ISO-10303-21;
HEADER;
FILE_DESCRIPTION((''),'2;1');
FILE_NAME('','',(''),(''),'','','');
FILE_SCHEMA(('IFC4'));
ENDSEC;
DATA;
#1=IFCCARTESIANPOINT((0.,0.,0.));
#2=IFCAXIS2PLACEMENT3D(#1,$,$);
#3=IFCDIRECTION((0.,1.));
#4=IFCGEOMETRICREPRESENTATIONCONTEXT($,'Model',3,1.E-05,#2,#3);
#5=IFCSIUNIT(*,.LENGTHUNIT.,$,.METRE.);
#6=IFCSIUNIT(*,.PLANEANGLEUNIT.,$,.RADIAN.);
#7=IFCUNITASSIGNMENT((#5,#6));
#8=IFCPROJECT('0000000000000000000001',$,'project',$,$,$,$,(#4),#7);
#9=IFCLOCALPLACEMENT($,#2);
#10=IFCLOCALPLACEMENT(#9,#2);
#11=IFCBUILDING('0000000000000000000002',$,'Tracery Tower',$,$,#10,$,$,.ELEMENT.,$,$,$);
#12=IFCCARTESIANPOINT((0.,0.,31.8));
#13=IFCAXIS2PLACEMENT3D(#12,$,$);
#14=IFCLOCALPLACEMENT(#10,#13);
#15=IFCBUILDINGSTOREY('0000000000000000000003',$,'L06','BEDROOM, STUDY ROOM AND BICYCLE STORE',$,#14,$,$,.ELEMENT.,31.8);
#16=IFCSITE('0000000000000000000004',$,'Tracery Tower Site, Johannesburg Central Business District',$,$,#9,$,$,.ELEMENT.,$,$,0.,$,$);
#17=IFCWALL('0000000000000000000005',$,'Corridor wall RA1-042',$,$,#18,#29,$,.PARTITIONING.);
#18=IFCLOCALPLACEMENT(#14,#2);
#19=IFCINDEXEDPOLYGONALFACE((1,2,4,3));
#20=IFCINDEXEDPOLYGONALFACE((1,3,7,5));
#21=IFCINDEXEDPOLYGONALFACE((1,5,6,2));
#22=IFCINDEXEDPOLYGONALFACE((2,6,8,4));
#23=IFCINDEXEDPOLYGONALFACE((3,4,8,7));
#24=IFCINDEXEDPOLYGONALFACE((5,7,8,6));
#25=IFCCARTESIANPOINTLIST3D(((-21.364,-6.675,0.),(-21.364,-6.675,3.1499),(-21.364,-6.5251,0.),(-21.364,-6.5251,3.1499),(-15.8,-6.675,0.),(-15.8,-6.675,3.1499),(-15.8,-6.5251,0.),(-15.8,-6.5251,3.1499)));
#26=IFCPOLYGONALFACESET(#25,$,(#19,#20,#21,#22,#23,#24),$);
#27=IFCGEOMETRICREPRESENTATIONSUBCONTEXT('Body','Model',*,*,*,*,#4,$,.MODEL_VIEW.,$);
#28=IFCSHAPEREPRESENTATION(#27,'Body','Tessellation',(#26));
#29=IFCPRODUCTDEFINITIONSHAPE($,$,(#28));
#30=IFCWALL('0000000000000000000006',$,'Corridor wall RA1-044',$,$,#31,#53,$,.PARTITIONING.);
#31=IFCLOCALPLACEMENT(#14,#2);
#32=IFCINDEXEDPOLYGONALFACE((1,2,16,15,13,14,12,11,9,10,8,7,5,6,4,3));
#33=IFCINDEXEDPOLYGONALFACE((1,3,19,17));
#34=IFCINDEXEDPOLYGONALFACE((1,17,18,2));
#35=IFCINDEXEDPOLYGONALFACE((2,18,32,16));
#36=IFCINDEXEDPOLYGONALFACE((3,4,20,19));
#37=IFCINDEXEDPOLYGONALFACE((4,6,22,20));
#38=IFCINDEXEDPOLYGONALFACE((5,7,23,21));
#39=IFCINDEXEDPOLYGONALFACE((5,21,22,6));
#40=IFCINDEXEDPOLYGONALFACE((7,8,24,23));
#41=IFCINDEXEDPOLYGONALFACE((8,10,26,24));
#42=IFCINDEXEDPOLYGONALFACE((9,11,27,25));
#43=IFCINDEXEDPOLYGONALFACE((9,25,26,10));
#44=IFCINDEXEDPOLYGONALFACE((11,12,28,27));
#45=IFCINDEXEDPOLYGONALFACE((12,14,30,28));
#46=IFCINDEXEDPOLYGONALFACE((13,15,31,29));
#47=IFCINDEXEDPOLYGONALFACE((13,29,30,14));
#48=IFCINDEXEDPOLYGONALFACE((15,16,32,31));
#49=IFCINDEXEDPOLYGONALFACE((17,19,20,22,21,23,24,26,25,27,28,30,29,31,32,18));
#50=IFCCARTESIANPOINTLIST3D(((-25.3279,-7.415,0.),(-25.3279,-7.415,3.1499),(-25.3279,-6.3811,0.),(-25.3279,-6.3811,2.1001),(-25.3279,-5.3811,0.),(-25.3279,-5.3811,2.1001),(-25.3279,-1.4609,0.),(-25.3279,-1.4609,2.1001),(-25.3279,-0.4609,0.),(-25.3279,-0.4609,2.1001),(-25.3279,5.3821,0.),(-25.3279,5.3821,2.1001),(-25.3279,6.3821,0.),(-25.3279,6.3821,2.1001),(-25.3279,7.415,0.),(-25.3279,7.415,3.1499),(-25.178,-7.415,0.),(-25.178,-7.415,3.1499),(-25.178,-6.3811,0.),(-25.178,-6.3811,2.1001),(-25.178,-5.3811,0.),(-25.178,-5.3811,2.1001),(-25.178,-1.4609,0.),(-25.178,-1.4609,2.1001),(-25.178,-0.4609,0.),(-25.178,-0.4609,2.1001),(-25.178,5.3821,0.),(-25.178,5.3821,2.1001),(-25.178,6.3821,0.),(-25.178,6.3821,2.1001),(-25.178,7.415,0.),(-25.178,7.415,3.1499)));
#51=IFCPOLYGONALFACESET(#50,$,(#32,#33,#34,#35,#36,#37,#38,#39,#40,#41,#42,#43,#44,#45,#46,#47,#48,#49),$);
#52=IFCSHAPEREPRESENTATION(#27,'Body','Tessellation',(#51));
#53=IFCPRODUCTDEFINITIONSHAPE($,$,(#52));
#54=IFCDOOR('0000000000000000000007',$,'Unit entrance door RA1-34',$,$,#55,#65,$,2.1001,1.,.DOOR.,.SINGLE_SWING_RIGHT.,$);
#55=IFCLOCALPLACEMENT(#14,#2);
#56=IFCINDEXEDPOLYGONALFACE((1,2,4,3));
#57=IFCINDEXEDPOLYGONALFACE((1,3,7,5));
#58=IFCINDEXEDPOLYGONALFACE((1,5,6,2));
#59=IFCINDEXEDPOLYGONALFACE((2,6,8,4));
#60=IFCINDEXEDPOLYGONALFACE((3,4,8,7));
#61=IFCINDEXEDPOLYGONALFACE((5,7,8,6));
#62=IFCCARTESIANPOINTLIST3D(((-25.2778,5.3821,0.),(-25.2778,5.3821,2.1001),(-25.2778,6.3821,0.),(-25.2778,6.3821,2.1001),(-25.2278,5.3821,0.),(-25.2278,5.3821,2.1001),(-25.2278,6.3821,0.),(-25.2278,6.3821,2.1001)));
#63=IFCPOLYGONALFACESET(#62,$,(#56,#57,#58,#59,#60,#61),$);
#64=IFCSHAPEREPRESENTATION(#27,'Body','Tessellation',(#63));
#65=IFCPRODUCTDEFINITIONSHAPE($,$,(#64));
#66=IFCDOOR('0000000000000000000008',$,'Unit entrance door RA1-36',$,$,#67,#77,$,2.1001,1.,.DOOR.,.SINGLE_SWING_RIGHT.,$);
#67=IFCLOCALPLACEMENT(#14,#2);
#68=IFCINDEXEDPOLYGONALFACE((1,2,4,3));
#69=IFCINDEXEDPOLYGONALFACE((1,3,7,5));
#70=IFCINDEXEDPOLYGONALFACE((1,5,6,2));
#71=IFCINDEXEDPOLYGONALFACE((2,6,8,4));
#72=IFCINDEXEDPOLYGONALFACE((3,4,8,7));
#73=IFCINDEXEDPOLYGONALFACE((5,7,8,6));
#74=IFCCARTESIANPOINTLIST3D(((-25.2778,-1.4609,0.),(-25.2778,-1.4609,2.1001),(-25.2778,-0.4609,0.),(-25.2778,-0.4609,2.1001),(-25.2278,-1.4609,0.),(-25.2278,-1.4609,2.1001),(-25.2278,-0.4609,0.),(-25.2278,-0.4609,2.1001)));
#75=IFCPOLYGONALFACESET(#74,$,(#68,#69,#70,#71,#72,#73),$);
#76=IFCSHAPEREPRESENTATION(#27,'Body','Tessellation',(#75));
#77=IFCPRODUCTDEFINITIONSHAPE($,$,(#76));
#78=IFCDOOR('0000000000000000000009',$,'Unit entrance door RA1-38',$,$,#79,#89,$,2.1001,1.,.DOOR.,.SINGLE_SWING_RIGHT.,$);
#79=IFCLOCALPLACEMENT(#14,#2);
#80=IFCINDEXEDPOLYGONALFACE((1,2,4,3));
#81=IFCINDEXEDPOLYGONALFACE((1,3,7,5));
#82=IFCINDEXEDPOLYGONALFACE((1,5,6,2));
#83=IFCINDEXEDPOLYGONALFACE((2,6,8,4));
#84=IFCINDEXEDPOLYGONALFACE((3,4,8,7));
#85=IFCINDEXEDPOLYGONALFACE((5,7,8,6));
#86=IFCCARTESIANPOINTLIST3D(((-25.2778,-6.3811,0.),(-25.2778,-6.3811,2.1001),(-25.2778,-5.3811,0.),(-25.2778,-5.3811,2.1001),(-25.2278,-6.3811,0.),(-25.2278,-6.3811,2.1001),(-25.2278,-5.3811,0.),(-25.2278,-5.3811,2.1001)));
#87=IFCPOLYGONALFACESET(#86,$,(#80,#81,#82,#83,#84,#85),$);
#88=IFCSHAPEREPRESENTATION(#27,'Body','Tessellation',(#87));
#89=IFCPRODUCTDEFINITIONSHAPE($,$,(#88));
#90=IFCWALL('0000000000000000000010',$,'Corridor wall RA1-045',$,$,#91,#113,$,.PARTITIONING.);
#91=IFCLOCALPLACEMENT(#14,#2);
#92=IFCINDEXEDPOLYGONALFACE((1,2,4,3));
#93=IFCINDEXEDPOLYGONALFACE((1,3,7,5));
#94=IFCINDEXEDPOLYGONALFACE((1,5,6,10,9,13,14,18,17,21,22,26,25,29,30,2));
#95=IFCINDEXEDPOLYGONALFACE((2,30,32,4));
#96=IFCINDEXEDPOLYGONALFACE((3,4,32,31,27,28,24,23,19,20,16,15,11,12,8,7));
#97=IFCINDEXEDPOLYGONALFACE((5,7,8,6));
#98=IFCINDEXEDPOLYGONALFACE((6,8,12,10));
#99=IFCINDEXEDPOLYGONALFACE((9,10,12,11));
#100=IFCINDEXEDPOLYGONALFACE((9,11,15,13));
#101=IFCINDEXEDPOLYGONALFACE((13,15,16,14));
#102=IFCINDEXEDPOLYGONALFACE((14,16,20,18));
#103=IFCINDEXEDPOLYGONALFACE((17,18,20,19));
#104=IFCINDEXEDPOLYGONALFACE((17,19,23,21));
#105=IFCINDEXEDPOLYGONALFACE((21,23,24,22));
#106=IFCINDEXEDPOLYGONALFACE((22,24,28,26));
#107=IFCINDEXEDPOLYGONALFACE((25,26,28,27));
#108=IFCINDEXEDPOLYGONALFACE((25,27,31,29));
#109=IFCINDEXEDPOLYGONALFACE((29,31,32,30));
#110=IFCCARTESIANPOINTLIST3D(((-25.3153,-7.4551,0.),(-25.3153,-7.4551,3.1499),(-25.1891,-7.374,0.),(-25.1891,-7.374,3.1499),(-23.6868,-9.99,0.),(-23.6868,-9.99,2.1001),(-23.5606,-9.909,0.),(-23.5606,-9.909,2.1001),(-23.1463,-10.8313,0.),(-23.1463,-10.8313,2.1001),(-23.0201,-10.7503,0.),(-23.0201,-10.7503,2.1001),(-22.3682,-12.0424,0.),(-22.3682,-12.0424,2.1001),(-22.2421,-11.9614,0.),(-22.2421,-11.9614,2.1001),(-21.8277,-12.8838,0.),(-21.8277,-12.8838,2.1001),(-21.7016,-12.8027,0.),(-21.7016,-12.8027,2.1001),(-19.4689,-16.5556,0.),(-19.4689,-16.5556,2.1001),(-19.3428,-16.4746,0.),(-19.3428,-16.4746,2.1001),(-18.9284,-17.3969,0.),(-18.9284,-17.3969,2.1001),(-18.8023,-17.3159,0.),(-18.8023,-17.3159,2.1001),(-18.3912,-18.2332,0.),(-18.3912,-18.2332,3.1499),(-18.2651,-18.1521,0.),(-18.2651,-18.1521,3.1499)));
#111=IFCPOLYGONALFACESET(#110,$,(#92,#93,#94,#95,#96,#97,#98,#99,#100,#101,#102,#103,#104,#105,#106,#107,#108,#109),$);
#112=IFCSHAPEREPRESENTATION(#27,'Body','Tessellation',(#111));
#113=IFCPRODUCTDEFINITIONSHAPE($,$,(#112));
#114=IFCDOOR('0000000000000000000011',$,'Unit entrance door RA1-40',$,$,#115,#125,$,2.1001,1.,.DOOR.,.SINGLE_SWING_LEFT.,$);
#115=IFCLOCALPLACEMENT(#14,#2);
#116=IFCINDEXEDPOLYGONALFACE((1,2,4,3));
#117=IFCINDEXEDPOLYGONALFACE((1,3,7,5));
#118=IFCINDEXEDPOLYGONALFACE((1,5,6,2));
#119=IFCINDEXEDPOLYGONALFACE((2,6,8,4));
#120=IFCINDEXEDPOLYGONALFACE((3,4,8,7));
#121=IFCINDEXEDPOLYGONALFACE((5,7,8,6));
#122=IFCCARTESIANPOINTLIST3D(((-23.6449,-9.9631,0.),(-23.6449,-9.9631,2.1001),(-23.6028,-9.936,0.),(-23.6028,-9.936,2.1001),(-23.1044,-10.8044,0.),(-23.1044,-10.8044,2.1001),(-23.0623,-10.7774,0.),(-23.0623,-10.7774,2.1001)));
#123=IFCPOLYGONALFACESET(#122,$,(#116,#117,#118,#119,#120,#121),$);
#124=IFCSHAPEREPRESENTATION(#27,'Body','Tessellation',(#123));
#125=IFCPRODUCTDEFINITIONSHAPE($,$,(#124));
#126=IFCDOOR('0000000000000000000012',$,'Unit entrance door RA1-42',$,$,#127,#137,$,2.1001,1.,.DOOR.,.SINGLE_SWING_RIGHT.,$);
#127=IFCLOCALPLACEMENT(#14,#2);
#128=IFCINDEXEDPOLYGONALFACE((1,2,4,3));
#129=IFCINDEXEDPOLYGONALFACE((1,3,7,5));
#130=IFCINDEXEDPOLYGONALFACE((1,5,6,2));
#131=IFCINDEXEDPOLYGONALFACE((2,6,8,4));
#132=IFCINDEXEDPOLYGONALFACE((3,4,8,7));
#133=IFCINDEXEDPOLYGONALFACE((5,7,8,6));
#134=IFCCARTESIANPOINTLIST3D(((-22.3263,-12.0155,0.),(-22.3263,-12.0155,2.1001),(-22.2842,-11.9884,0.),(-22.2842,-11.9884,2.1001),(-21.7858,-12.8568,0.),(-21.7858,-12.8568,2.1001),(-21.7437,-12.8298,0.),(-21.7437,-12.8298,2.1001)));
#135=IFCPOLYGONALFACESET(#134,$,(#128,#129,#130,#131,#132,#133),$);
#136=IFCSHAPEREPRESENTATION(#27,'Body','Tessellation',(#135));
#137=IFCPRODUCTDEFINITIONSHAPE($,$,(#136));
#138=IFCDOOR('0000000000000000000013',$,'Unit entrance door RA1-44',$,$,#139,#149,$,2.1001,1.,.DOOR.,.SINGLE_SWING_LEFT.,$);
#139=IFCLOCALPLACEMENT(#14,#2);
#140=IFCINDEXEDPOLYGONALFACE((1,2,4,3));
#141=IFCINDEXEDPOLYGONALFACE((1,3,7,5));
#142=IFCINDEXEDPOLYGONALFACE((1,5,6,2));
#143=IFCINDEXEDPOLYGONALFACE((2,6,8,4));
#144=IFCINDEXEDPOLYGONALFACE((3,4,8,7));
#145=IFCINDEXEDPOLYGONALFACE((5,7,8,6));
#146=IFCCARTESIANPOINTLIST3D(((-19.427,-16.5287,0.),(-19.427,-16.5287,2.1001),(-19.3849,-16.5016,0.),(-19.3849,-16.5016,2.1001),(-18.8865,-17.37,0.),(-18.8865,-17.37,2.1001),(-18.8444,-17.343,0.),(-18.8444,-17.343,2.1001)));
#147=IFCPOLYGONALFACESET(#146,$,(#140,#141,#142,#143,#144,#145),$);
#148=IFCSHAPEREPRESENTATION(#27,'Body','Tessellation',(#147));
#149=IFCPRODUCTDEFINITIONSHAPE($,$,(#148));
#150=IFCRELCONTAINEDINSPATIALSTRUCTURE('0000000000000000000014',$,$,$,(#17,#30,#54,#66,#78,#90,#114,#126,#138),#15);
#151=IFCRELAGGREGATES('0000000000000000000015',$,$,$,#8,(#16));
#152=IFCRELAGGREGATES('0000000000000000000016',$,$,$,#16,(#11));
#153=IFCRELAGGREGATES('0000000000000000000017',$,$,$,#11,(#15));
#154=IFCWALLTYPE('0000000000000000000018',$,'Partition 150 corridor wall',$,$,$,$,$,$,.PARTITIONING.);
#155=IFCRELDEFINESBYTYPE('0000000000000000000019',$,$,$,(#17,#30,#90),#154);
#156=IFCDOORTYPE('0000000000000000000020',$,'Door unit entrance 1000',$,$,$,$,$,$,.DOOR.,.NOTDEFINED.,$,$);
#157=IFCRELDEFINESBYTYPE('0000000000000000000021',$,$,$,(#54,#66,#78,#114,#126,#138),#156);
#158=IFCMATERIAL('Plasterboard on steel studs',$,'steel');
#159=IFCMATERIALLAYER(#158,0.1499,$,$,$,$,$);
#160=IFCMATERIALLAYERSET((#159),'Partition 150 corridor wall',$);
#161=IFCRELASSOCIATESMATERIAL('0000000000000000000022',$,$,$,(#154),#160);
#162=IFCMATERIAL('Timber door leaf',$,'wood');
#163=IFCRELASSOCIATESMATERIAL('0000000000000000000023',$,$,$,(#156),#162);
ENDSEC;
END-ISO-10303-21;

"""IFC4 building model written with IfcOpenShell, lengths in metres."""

from ifc_helpers import new_model, si_unit, direction, frame, frame_2d, origin, place, context, subcontext, project, spatial, rectangle, extrude, material, layer, layer_set, type_object, element, fill, save


model = new_model("IFC4")

# Units and contexts
model_context = context("Model", 3, precision=1e-05, world=origin(), true_north=direction((0.0, 1.0)))
body_context = subcontext(model_context, "Body", "Model", "MODEL_VIEW")
ifc_project = project(units=[si_unit("LENGTHUNIT", "METRE"), si_unit("PLANEANGLEUNIT", "RADIAN")], contexts=[model_context])

# Site, building, storey
site_placement = place(None, origin())
site = spatial("IfcSite", under=ifc_project, at=site_placement, Name="Tracery Tower Site, Johannesburg Central Business District", CompositionType="ELEMENT", RefElevation=0.0)
building_placement = place(site_placement, origin())
building = spatial("IfcBuilding", under=site, at=building_placement, Name="Tracery Tower", CompositionType="ELEMENT")
storey_placement = place(building_placement, frame((0.0, 0.0, 31.8)))
storey = spatial("IfcBuildingStorey", under=building, at=storey_placement, Name="L06", Description="BEDROOM, STUDY ROOM AND BICYCLE STORE", CompositionType="ELEMENT", Elevation=31.8)

# Wall
ifc_material_1 = material(Name="Plasterboard on steel studs", Category="steel")
ifc_layer_1 = layer(ifc_material_1, 0.1499)
ifc_layer_set_1 = layer_set([ifc_layer_1], Name="Partition 150 corridor wall")
wall_type_1 = type_object("IfcWallType", Name="Partition 150 corridor wall", PredefinedType="PARTITIONING", material=ifc_layer_set_1)
wall_1_placement = place(storey_placement, frame((-21.364, -6.6001, 0.0), z_axis=(0.0, 0.0, 1.0), x_axis=(1.0, 0.0, 0.0)))
element("IfcWall", 1, at=wall_1_placement, inside=storey, type_object=wall_type_1, Name="Corridor wall RA1-042", PredefinedType="PARTITIONING", context=body_context, shape_type="SweptSolid", body=[
    extrude(rectangle(XDim=5.564, YDim=0.1499, at=frame_2d((2.782, 0.0))), origin(), (0.0, 0.0, 1.0), 3.1499),
])

# Walls, openings, doors
wall_2_placement = place(storey_placement, frame((-25.2529, -7.415, 0.0), z_axis=(0.0, 0.0, 1.0), x_axis=(0.0, 1.0, 0.0)))
wall_2 = element("IfcWall", 2, at=wall_2_placement, inside=storey, type_object=wall_type_1, Name="Corridor wall RA1-044", PredefinedType="PARTITIONING", context=body_context, shape_type="SweptSolid", body=[
    extrude(rectangle(XDim=14.8301, YDim=0.1499, at=frame_2d((7.415, 0.0))), origin(), (0.0, 0.0, 1.0), 3.1499),
])
opening_1_placement = place(wall_2_placement, frame((12.7971, 0.0, 0.0)))
opening_1 = element("IfcOpeningElement", 3, at=opening_1_placement, cuts=wall_2, PredefinedType="OPENING", context=body_context, shape_type="SweptSolid", body=[
    extrude(rectangle(XDim=1.0, YDim=2.1001, at=frame_2d((0.5, 1.05))), frame((0.0, 0.075, 0.0), z_axis=(0.0, -1.0, 0.0), x_axis=(1.0, 0.0, 0.0)), (0.0, 0.0, 1.0), 0.1499),
])
opening_2_placement = place(wall_2_placement, frame((5.9541, 0.0, 0.0)))
opening_2 = element("IfcOpeningElement", 4, at=opening_2_placement, cuts=wall_2, PredefinedType="OPENING", context=body_context, shape_type="SweptSolid", body=[
    extrude(rectangle(XDim=1.0, YDim=2.1001, at=frame_2d((0.5, 1.05))), frame((0.0, 0.075, 0.0), z_axis=(0.0, -1.0, 0.0), x_axis=(1.0, 0.0, 0.0)), (0.0, 0.0, 1.0), 0.1499),
])
opening_3_placement = place(wall_2_placement, frame((1.0339, 0.0, 0.0)))
opening_3 = element("IfcOpeningElement", 5, at=opening_3_placement, cuts=wall_2, PredefinedType="OPENING", context=body_context, shape_type="SweptSolid", body=[
    extrude(rectangle(XDim=1.0, YDim=2.1001, at=frame_2d((0.5, 1.05))), frame((0.0, 0.075, 0.0), z_axis=(0.0, -1.0, 0.0), x_axis=(1.0, 0.0, 0.0)), (0.0, 0.0, 1.0), 0.1499),
])
ifc_material_2 = material(Name="Timber door leaf", Category="wood")
door_type_1 = type_object("IfcDoorType", Name="Door unit entrance 1000", OperationType="NOTDEFINED", PredefinedType="DOOR", material=ifc_material_2)
door_1_placement = place(opening_1_placement, origin())
door_1 = element("IfcDoor", 6, at=door_1_placement, inside=storey, type_object=door_type_1, Name="Unit entrance door RA1-34", OperationType="SINGLE_SWING_RIGHT", OverallHeight=2.1001, OverallWidth=1.0, PredefinedType="DOOR", context=body_context, shape_type="SweptSolid", body=[
    extrude(rectangle(XDim=1.0, YDim=2.1001, at=frame_2d((0.5, 1.05))), frame((0.0, 0.0249, 0.0), z_axis=(0.0, -1.0, 0.0), x_axis=(1.0, 0.0, 0.0)), (0.0, 0.0, 1.0), 0.05),
])
fill(opening_1, door_1)
door_2_placement = place(opening_2_placement, origin())
door_2 = element("IfcDoor", 7, at=door_2_placement, inside=storey, type_object=door_type_1, Name="Unit entrance door RA1-36", OperationType="SINGLE_SWING_RIGHT", OverallHeight=2.1001, OverallWidth=1.0, PredefinedType="DOOR", context=body_context, shape_type="SweptSolid", body=[
    extrude(rectangle(XDim=1.0, YDim=2.1001, at=frame_2d((0.5, 1.05))), frame((0.0, 0.0249, 0.0), z_axis=(0.0, -1.0, 0.0), x_axis=(1.0, 0.0, 0.0)), (0.0, 0.0, 1.0), 0.05),
])
fill(opening_2, door_2)
door_3_placement = place(opening_3_placement, origin())
door_3 = element("IfcDoor", 8, at=door_3_placement, inside=storey, type_object=door_type_1, Name="Unit entrance door RA1-38", OperationType="SINGLE_SWING_RIGHT", OverallHeight=2.1001, OverallWidth=1.0, PredefinedType="DOOR", context=body_context, shape_type="SweptSolid", body=[
    extrude(rectangle(XDim=1.0, YDim=2.1001, at=frame_2d((0.5, 1.05))), frame((0.0, 0.0249, 0.0), z_axis=(0.0, -1.0, 0.0), x_axis=(1.0, 0.0, 0.0)), (0.0, 0.0, 1.0), 0.05),
])
fill(opening_3, door_3)
wall_3_placement = place(storey_placement, frame((-25.2522, -7.4146, 0.0), z_axis=(0.0, 0.0, 1.0), x_axis=(0.540498, -0.841345, 0.0)))
wall_3 = element("IfcWall", 9, at=wall_3_placement, inside=storey, type_object=wall_type_1, Name="Corridor wall RA1-045", PredefinedType="PARTITIONING", context=body_context, shape_type="SweptSolid", body=[
    extrude(rectangle(XDim=12.8105, YDim=0.1499, at=frame_2d((6.4053, 0.0))), origin(), (0.0, 0.0, 1.0), 3.1499),
])
opening_4_placement = place(wall_3_placement, frame((3.0129, 0.0, 0.0)))
opening_4 = element("IfcOpeningElement", 10, at=opening_4_placement, cuts=wall_3, PredefinedType="OPENING", context=body_context, shape_type="SweptSolid", body=[
    extrude(rectangle(XDim=1.0, YDim=2.1001, at=frame_2d((0.5, 1.05))), frame((0.0, 0.075, 0.0), z_axis=(0.0, -1.0, 0.0), x_axis=(1.0, 0.0, 0.0)), (0.0, 0.0, 1.0), 0.1499),
])
opening_5_placement = place(wall_3_placement, frame((5.4524, 0.0, 0.0)))
opening_5 = element("IfcOpeningElement", 11, at=opening_5_placement, cuts=wall_3, PredefinedType="OPENING", context=body_context, shape_type="SweptSolid", body=[
    extrude(rectangle(XDim=1.0, YDim=2.1001, at=frame_2d((0.5, 1.05))), frame((0.0, 0.075, 0.0), z_axis=(0.0, -1.0, 0.0), x_axis=(1.0, 0.0, 0.0)), (0.0, 0.0, 1.0), 0.1499),
])
opening_6_placement = place(wall_3_placement, frame((10.8167, 0.0, 0.0)))
opening_6 = element("IfcOpeningElement", 12, at=opening_6_placement, cuts=wall_3, PredefinedType="OPENING", context=body_context, shape_type="SweptSolid", body=[
    extrude(rectangle(XDim=1.0, YDim=2.1001, at=frame_2d((0.5, 1.05))), frame((0.0, 0.075, 0.0), z_axis=(0.0, -1.0, 0.0), x_axis=(1.0, 0.0, 0.0)), (0.0, 0.0, 1.0), 0.1499),
])
door_4_placement = place(opening_4_placement, origin())
door_4 = element("IfcDoor", 13, at=door_4_placement, inside=storey, type_object=door_type_1, Name="Unit entrance door RA1-40", OperationType="SINGLE_SWING_LEFT", OverallHeight=2.1001, OverallWidth=1.0, PredefinedType="DOOR", context=body_context, shape_type="SweptSolid", body=[
    extrude(rectangle(XDim=1.0, YDim=2.1001, at=frame_2d((0.5, 1.05))), frame((0.0, 0.0249, 0.0), z_axis=(0.0, -1.0, 0.0), x_axis=(1.0, 0.0, 0.0)), (0.0, 0.0, 1.0), 0.05),
])
fill(opening_4, door_4)
door_5_placement = place(opening_5_placement, origin())
door_5 = element("IfcDoor", 14, at=door_5_placement, inside=storey, type_object=door_type_1, Name="Unit entrance door RA1-42", OperationType="SINGLE_SWING_RIGHT", OverallHeight=2.1001, OverallWidth=1.0, PredefinedType="DOOR", context=body_context, shape_type="SweptSolid", body=[
    extrude(rectangle(XDim=1.0, YDim=2.1001, at=frame_2d((0.5, 1.05))), frame((0.0, 0.0249, 0.0), z_axis=(0.0, -1.0, 0.0), x_axis=(1.0, 0.0, 0.0)), (0.0, 0.0, 1.0), 0.05),
])
fill(opening_5, door_5)
door_6_placement = place(opening_6_placement, origin())
door_6 = element("IfcDoor", 15, at=door_6_placement, inside=storey, type_object=door_type_1, Name="Unit entrance door RA1-44", OperationType="SINGLE_SWING_LEFT", OverallHeight=2.1001, OverallWidth=1.0, PredefinedType="DOOR", context=body_context, shape_type="SweptSolid", body=[
    extrude(rectangle(XDim=1.0, YDim=2.1001, at=frame_2d((0.5, 1.05))), frame((0.0, 0.0249, 0.0), z_axis=(0.0, -1.0, 0.0), x_axis=(1.0, 0.0, 0.0)), (0.0, 0.0, 1.0), 0.05),
])
fill(opening_6, door_6)

save(model, "model.ifc")
